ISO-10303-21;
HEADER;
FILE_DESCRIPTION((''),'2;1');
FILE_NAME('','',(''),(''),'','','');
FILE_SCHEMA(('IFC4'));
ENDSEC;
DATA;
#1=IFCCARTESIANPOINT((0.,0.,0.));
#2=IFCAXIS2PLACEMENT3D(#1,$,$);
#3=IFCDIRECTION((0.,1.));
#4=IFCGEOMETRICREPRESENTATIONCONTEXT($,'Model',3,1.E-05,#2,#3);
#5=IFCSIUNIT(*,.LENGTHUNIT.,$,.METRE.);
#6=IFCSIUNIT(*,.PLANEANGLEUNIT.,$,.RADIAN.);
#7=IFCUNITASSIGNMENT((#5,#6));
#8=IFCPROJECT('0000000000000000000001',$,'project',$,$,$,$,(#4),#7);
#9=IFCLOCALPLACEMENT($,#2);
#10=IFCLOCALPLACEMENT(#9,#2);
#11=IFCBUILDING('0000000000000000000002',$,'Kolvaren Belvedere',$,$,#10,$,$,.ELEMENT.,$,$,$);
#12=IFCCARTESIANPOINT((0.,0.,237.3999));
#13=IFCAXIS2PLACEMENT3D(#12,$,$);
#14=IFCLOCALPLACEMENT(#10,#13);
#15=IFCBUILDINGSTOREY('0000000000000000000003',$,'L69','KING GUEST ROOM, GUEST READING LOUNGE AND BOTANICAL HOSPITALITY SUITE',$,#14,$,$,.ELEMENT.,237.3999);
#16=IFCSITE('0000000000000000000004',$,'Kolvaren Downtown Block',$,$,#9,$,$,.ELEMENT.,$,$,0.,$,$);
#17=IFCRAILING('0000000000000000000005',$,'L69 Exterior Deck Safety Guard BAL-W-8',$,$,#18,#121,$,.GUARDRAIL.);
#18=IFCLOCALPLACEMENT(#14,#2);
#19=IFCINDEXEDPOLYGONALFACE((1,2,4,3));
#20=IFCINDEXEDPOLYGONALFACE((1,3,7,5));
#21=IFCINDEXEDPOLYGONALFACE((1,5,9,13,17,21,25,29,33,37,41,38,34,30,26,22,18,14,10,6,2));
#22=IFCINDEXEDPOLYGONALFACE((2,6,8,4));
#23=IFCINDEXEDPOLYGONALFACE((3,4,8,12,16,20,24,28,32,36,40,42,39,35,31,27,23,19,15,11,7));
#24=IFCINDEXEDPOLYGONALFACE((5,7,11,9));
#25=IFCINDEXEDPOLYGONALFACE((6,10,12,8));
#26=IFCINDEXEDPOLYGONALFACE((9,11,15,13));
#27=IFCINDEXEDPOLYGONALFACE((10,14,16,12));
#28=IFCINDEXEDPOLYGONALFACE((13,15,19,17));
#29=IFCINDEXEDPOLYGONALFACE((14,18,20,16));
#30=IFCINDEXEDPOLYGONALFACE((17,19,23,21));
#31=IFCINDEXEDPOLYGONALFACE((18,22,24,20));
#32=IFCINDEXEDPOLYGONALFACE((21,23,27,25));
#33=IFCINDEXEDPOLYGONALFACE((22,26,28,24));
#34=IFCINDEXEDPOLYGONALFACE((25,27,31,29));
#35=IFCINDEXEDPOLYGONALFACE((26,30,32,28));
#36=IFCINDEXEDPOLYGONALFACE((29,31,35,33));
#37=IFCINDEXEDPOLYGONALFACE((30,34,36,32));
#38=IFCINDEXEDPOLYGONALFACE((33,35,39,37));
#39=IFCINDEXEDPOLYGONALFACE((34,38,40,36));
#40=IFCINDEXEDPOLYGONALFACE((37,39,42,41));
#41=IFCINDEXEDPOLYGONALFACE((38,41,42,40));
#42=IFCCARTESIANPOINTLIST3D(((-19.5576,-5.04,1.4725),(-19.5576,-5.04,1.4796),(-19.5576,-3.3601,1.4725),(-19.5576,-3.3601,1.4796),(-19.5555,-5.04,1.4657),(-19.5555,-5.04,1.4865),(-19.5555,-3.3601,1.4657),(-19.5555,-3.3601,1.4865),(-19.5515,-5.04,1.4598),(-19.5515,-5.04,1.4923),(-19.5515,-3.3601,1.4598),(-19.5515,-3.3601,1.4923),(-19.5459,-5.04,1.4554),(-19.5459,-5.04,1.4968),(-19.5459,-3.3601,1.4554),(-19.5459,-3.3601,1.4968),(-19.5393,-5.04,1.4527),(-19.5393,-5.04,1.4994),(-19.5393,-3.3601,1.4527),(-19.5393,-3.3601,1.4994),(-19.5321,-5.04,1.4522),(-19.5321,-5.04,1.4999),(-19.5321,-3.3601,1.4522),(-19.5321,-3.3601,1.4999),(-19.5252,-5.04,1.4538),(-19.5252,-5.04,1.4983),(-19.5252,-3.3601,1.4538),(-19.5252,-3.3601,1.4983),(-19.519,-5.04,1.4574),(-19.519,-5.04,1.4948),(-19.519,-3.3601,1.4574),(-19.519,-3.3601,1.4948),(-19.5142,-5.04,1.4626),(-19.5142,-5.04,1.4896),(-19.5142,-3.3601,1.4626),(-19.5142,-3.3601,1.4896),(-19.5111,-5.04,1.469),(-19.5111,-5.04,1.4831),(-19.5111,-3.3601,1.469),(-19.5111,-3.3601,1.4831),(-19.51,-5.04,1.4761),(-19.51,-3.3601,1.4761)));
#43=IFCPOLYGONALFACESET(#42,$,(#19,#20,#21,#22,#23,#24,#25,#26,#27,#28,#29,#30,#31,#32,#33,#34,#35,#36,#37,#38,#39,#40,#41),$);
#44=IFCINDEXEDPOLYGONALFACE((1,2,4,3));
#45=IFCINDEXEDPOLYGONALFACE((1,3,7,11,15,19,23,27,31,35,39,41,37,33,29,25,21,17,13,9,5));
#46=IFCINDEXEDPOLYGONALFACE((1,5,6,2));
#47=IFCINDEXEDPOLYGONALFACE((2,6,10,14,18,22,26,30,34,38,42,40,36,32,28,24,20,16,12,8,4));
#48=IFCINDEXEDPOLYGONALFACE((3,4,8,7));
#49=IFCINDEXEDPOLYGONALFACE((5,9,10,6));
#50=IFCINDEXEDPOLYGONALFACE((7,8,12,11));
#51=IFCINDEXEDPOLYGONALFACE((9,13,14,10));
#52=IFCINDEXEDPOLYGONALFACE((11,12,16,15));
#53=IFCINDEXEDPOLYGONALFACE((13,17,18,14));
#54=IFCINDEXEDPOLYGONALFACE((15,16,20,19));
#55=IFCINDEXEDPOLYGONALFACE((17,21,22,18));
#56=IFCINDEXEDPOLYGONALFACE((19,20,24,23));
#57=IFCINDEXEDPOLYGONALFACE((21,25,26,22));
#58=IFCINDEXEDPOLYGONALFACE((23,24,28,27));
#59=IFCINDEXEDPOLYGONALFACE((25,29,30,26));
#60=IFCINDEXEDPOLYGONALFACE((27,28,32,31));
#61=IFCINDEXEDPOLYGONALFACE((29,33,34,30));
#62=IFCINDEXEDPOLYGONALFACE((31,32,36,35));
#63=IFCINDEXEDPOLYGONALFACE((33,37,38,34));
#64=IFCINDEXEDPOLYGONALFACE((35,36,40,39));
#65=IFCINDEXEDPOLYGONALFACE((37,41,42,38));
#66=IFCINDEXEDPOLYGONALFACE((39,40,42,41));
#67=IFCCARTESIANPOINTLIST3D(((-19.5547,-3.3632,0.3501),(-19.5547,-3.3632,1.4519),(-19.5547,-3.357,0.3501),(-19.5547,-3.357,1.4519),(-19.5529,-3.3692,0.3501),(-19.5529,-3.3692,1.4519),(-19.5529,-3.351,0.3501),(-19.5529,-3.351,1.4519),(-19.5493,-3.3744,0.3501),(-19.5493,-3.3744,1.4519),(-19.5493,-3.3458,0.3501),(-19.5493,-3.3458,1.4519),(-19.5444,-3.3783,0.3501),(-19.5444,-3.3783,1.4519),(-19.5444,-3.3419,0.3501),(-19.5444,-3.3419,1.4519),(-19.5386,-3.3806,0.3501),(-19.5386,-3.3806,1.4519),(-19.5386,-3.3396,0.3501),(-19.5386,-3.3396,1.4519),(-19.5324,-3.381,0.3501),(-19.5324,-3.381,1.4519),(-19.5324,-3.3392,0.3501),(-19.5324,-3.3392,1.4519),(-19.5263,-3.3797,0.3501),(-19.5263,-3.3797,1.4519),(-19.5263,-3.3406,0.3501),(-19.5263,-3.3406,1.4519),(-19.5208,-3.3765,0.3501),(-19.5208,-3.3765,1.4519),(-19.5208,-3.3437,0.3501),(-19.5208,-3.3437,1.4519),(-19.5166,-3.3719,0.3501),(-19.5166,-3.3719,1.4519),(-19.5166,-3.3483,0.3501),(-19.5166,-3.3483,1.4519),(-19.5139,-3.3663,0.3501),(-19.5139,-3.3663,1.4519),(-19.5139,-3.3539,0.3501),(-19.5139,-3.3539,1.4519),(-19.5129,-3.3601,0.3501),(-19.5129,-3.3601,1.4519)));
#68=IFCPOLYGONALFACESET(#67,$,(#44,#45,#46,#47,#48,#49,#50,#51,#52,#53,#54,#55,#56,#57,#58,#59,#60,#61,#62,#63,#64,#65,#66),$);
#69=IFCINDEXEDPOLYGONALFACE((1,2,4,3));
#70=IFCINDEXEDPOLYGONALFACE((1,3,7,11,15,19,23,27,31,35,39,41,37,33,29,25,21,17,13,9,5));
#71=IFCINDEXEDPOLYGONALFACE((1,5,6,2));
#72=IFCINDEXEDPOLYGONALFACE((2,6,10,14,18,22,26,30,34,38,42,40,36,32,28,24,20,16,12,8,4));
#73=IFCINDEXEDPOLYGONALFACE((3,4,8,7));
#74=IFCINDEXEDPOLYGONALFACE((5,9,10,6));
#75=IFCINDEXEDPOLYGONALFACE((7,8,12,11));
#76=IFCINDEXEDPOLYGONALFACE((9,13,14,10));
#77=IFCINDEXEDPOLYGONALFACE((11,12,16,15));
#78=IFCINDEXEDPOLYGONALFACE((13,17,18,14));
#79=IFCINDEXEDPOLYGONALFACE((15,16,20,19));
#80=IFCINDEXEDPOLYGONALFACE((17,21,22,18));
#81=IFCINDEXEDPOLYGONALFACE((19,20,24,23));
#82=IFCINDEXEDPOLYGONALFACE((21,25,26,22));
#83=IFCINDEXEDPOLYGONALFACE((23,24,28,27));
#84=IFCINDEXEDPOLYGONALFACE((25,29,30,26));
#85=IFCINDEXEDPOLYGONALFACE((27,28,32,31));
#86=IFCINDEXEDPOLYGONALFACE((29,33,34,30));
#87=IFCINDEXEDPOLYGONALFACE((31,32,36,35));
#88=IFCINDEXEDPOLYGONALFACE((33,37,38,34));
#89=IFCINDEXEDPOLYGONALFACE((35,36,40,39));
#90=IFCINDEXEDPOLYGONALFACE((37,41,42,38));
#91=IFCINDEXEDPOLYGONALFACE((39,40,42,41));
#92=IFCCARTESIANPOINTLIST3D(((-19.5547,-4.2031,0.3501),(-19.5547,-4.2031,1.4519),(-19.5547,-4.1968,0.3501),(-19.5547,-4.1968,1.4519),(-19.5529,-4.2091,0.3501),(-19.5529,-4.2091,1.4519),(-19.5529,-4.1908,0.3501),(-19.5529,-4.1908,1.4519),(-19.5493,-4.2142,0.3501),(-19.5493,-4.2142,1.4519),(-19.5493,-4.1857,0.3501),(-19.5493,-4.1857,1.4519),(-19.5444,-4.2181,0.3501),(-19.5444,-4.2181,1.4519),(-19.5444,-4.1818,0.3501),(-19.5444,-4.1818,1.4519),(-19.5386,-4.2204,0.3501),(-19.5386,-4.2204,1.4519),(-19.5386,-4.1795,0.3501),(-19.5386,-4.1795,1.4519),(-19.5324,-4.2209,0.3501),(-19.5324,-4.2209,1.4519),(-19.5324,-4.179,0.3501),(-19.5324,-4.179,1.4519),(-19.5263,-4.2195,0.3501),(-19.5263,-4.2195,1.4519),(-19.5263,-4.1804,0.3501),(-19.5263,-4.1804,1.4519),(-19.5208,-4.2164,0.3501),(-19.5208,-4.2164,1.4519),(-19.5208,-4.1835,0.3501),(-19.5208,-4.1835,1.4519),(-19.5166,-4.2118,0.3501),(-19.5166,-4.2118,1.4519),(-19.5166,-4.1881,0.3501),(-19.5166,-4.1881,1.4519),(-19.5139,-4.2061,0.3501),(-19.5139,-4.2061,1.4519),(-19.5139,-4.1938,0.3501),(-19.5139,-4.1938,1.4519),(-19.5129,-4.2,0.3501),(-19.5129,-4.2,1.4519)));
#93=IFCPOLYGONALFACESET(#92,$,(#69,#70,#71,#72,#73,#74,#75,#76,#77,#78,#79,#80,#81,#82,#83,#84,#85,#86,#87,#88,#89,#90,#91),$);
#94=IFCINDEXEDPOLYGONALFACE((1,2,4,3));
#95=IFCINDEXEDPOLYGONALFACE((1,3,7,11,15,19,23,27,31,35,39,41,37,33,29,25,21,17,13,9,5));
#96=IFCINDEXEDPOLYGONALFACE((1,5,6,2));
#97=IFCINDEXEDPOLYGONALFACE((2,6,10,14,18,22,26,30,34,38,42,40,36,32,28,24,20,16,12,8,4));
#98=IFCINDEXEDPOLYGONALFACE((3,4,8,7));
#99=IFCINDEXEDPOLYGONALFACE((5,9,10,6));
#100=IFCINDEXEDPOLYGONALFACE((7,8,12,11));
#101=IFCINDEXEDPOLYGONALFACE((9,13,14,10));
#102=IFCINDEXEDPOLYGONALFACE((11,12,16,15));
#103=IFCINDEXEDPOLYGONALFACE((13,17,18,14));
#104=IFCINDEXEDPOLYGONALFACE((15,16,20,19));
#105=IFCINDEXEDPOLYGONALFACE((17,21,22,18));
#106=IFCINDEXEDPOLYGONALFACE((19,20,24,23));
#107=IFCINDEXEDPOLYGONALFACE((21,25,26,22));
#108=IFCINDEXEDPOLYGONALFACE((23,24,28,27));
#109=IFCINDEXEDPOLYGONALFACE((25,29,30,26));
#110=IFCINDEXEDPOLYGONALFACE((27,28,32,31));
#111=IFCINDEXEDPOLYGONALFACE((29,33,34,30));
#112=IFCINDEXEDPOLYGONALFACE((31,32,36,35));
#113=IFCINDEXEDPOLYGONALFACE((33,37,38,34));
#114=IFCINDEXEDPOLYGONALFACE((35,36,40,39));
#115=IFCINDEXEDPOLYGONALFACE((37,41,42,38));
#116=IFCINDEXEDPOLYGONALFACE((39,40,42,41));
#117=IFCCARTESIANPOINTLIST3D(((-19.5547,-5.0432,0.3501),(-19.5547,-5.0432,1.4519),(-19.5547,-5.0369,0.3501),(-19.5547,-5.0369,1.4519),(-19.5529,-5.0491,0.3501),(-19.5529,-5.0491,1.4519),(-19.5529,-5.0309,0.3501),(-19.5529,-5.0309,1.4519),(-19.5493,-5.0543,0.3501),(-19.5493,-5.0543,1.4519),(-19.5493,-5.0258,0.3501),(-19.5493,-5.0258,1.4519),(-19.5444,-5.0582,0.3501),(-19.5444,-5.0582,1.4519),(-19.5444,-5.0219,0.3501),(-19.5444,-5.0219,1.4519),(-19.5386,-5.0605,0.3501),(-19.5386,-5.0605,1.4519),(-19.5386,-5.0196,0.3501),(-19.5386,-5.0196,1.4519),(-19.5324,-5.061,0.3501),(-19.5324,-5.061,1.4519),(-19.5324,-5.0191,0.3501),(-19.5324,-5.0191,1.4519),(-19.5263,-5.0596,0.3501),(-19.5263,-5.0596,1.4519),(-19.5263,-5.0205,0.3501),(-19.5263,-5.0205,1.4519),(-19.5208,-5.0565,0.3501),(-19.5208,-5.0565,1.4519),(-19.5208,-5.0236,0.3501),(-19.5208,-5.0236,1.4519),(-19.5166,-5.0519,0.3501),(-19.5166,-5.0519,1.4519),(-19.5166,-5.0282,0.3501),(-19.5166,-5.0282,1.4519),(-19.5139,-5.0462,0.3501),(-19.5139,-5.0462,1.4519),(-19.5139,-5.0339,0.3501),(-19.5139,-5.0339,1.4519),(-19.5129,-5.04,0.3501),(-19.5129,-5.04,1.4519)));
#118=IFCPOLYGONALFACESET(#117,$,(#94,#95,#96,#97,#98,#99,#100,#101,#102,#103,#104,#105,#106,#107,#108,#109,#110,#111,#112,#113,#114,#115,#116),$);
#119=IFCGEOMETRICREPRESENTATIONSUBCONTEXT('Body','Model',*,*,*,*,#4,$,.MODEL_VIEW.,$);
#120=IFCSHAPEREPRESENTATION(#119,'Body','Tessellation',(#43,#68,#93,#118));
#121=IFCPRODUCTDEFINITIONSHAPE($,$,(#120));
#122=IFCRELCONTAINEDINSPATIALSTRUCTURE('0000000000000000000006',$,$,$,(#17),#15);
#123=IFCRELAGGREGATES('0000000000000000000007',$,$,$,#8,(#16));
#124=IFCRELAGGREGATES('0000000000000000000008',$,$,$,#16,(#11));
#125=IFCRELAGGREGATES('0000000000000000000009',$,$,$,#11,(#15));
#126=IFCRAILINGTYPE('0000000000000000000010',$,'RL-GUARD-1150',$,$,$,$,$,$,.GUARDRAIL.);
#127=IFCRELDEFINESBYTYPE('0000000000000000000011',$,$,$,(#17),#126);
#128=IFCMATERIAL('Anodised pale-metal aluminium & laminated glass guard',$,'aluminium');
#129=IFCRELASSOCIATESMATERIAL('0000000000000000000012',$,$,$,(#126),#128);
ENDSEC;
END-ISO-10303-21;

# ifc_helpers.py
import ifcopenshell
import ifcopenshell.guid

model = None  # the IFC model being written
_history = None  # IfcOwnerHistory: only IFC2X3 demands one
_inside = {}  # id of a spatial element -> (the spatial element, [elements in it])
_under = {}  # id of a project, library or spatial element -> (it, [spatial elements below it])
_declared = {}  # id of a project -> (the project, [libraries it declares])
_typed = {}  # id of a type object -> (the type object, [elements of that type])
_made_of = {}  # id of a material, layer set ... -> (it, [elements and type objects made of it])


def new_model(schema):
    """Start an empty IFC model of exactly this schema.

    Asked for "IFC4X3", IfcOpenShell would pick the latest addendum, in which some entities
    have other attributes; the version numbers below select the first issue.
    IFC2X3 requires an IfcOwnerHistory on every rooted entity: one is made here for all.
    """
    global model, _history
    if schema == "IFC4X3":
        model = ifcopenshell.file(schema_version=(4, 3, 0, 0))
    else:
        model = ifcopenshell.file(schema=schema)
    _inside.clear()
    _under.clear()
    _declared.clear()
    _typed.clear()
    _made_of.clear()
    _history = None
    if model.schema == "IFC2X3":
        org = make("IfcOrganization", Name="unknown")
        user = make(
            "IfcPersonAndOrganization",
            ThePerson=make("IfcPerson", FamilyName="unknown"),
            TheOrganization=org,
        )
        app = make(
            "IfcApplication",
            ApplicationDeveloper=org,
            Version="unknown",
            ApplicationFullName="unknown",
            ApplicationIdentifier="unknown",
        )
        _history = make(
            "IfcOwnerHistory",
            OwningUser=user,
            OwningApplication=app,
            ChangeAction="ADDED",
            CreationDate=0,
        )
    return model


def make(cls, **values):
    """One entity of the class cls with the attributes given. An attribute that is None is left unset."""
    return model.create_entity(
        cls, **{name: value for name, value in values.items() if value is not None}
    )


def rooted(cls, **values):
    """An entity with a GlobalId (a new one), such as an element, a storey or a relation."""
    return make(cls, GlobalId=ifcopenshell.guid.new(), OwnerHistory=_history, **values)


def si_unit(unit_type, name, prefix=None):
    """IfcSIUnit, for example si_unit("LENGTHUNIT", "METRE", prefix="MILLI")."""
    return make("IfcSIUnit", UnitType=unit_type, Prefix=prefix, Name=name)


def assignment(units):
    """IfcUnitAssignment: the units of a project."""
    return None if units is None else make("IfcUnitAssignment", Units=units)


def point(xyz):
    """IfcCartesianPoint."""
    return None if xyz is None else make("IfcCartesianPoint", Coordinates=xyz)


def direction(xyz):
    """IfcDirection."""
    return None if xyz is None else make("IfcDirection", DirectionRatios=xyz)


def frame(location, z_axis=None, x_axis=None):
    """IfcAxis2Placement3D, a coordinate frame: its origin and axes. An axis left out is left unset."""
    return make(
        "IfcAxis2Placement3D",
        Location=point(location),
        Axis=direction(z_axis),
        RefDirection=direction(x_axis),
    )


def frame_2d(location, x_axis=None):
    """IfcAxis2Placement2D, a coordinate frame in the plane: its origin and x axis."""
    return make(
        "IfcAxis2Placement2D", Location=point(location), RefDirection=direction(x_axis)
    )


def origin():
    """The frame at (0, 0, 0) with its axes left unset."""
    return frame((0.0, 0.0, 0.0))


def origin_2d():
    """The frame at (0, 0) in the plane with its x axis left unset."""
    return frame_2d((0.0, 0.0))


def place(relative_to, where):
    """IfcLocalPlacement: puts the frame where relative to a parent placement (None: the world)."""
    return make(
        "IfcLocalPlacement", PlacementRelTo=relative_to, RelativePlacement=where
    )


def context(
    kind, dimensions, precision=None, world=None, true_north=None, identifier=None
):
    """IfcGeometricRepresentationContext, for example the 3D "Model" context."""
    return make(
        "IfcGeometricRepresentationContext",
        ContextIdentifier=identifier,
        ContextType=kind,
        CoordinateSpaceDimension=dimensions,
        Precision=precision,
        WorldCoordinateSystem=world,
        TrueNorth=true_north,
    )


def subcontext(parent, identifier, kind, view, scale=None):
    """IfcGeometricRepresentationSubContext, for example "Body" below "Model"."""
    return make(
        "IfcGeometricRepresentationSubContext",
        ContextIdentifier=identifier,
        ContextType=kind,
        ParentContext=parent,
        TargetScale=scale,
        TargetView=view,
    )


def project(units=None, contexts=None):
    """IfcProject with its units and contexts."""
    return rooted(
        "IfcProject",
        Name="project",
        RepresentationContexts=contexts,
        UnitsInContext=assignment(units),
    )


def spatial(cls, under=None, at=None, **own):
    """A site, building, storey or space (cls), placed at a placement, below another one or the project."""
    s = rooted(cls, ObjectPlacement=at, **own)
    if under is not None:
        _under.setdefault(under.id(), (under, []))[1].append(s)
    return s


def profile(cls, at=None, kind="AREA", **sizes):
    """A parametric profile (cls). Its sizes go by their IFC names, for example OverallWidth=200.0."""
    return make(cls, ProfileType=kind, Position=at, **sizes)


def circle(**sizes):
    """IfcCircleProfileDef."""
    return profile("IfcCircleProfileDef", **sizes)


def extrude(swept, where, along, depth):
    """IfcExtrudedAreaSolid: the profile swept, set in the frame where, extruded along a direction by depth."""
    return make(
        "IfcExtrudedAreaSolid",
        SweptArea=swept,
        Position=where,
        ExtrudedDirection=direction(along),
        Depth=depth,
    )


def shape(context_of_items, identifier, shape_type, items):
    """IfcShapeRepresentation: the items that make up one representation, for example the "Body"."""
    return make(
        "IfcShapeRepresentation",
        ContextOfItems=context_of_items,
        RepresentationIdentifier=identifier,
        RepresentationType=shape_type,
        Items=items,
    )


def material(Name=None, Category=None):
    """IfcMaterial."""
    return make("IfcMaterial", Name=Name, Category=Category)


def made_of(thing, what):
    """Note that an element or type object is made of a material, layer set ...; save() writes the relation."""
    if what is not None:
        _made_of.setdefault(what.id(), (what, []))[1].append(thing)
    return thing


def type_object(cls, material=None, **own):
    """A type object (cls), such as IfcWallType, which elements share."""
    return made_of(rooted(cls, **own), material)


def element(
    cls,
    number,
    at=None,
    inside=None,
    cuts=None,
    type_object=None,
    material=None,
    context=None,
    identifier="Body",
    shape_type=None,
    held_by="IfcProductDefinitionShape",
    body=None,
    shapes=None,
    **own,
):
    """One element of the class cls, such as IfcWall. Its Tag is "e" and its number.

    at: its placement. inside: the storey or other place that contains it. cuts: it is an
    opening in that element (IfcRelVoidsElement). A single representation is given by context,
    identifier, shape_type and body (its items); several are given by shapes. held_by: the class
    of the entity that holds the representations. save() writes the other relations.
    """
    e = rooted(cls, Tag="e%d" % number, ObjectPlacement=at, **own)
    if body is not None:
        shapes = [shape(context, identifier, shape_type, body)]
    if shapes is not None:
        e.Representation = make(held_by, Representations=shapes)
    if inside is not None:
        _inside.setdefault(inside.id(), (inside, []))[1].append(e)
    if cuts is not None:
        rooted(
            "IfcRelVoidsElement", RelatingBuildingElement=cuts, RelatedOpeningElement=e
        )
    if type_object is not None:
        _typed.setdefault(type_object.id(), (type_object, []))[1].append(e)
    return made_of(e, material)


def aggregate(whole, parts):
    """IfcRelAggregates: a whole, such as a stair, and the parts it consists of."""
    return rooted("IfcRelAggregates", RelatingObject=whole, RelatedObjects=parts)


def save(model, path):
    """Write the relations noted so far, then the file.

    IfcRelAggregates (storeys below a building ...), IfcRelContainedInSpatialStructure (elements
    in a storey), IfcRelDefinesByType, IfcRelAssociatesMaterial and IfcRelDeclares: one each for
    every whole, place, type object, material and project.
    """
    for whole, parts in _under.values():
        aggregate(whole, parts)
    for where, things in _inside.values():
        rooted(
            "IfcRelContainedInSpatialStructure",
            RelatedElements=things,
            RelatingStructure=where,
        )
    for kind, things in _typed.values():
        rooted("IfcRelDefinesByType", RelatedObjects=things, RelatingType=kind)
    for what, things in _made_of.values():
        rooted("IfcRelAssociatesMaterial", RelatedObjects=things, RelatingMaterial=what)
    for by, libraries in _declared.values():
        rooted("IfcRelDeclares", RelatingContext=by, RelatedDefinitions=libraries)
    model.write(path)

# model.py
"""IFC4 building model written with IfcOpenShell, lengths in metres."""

from ifc_helpers import new_model, si_unit, direction, frame, origin, origin_2d, place, context, subcontext, project, spatial, circle, extrude, material, type_object, element, save


model = new_model("IFC4")

# Units and contexts
model_context = context("Model", 3, precision=1e-05, world=origin(), true_north=direction((0.0, 1.0)))
body_context = subcontext(model_context, "Body", "Model", "MODEL_VIEW")
ifc_project = project(units=[si_unit("LENGTHUNIT", "METRE"), si_unit("PLANEANGLEUNIT", "RADIAN")], contexts=[model_context])

# Site, building, storey
site_placement = place(None, origin())
site = spatial("IfcSite", under=ifc_project, at=site_placement, Name="Kolvaren Downtown Block", CompositionType="ELEMENT", RefElevation=0.0)
building_placement = place(site_placement, origin())
building = spatial("IfcBuilding", under=site, at=building_placement, Name="Kolvaren Belvedere", CompositionType="ELEMENT")
storey_placement = place(building_placement, frame((0.0, 0.0, 237.3999)))
storey = spatial("IfcBuildingStorey", under=building, at=storey_placement, Name="L69", Description="KING GUEST ROOM, GUEST READING LOUNGE AND BOTANICAL HOSPITALITY SUITE", CompositionType="ELEMENT", Elevation=237.3999)

# Railing
ifc_material_1 = material(Name="Anodised pale-metal aluminium & laminated glass guard", Category="aluminium")
railing_type = type_object("IfcRailingType", Name="RL-GUARD-1150", PredefinedType="GUARDRAIL", material=ifc_material_1)
railing_1_placement = place(storey_placement, frame((-19.5339, -3.3601, 0.3501)))
element("IfcRailing", 1, at=railing_1_placement, inside=storey, type_object=railing_type, Name="L69 Exterior Deck Safety Guard BAL-W-8", PredefinedType="GUARDRAIL", context=body_context, shape_type="SweptSolid", body=[
    extrude(circle(Radius=0.0239, at=origin_2d()), frame((0.0, 0.0, 1.126), z_axis=(0.0, -1.0, 0.0), x_axis=(1.0, 0.0, 0.0)), (0.0, 0.0, 1.0), 1.6799),
    extrude(circle(Radius=0.021, at=origin_2d()), origin(), (0.0, 0.0, 1.0), 1.1018),
    extrude(circle(Radius=0.021, at=origin_2d()), frame((0.0, -0.8398, 0.0)), (0.0, 0.0, 1.0), 1.1018),
    extrude(circle(Radius=0.021, at=origin_2d()), frame((0.0, -1.6799, 0.0)), (0.0, 0.0, 1.0), 1.1018),
])

save(model, "model.ifc")
